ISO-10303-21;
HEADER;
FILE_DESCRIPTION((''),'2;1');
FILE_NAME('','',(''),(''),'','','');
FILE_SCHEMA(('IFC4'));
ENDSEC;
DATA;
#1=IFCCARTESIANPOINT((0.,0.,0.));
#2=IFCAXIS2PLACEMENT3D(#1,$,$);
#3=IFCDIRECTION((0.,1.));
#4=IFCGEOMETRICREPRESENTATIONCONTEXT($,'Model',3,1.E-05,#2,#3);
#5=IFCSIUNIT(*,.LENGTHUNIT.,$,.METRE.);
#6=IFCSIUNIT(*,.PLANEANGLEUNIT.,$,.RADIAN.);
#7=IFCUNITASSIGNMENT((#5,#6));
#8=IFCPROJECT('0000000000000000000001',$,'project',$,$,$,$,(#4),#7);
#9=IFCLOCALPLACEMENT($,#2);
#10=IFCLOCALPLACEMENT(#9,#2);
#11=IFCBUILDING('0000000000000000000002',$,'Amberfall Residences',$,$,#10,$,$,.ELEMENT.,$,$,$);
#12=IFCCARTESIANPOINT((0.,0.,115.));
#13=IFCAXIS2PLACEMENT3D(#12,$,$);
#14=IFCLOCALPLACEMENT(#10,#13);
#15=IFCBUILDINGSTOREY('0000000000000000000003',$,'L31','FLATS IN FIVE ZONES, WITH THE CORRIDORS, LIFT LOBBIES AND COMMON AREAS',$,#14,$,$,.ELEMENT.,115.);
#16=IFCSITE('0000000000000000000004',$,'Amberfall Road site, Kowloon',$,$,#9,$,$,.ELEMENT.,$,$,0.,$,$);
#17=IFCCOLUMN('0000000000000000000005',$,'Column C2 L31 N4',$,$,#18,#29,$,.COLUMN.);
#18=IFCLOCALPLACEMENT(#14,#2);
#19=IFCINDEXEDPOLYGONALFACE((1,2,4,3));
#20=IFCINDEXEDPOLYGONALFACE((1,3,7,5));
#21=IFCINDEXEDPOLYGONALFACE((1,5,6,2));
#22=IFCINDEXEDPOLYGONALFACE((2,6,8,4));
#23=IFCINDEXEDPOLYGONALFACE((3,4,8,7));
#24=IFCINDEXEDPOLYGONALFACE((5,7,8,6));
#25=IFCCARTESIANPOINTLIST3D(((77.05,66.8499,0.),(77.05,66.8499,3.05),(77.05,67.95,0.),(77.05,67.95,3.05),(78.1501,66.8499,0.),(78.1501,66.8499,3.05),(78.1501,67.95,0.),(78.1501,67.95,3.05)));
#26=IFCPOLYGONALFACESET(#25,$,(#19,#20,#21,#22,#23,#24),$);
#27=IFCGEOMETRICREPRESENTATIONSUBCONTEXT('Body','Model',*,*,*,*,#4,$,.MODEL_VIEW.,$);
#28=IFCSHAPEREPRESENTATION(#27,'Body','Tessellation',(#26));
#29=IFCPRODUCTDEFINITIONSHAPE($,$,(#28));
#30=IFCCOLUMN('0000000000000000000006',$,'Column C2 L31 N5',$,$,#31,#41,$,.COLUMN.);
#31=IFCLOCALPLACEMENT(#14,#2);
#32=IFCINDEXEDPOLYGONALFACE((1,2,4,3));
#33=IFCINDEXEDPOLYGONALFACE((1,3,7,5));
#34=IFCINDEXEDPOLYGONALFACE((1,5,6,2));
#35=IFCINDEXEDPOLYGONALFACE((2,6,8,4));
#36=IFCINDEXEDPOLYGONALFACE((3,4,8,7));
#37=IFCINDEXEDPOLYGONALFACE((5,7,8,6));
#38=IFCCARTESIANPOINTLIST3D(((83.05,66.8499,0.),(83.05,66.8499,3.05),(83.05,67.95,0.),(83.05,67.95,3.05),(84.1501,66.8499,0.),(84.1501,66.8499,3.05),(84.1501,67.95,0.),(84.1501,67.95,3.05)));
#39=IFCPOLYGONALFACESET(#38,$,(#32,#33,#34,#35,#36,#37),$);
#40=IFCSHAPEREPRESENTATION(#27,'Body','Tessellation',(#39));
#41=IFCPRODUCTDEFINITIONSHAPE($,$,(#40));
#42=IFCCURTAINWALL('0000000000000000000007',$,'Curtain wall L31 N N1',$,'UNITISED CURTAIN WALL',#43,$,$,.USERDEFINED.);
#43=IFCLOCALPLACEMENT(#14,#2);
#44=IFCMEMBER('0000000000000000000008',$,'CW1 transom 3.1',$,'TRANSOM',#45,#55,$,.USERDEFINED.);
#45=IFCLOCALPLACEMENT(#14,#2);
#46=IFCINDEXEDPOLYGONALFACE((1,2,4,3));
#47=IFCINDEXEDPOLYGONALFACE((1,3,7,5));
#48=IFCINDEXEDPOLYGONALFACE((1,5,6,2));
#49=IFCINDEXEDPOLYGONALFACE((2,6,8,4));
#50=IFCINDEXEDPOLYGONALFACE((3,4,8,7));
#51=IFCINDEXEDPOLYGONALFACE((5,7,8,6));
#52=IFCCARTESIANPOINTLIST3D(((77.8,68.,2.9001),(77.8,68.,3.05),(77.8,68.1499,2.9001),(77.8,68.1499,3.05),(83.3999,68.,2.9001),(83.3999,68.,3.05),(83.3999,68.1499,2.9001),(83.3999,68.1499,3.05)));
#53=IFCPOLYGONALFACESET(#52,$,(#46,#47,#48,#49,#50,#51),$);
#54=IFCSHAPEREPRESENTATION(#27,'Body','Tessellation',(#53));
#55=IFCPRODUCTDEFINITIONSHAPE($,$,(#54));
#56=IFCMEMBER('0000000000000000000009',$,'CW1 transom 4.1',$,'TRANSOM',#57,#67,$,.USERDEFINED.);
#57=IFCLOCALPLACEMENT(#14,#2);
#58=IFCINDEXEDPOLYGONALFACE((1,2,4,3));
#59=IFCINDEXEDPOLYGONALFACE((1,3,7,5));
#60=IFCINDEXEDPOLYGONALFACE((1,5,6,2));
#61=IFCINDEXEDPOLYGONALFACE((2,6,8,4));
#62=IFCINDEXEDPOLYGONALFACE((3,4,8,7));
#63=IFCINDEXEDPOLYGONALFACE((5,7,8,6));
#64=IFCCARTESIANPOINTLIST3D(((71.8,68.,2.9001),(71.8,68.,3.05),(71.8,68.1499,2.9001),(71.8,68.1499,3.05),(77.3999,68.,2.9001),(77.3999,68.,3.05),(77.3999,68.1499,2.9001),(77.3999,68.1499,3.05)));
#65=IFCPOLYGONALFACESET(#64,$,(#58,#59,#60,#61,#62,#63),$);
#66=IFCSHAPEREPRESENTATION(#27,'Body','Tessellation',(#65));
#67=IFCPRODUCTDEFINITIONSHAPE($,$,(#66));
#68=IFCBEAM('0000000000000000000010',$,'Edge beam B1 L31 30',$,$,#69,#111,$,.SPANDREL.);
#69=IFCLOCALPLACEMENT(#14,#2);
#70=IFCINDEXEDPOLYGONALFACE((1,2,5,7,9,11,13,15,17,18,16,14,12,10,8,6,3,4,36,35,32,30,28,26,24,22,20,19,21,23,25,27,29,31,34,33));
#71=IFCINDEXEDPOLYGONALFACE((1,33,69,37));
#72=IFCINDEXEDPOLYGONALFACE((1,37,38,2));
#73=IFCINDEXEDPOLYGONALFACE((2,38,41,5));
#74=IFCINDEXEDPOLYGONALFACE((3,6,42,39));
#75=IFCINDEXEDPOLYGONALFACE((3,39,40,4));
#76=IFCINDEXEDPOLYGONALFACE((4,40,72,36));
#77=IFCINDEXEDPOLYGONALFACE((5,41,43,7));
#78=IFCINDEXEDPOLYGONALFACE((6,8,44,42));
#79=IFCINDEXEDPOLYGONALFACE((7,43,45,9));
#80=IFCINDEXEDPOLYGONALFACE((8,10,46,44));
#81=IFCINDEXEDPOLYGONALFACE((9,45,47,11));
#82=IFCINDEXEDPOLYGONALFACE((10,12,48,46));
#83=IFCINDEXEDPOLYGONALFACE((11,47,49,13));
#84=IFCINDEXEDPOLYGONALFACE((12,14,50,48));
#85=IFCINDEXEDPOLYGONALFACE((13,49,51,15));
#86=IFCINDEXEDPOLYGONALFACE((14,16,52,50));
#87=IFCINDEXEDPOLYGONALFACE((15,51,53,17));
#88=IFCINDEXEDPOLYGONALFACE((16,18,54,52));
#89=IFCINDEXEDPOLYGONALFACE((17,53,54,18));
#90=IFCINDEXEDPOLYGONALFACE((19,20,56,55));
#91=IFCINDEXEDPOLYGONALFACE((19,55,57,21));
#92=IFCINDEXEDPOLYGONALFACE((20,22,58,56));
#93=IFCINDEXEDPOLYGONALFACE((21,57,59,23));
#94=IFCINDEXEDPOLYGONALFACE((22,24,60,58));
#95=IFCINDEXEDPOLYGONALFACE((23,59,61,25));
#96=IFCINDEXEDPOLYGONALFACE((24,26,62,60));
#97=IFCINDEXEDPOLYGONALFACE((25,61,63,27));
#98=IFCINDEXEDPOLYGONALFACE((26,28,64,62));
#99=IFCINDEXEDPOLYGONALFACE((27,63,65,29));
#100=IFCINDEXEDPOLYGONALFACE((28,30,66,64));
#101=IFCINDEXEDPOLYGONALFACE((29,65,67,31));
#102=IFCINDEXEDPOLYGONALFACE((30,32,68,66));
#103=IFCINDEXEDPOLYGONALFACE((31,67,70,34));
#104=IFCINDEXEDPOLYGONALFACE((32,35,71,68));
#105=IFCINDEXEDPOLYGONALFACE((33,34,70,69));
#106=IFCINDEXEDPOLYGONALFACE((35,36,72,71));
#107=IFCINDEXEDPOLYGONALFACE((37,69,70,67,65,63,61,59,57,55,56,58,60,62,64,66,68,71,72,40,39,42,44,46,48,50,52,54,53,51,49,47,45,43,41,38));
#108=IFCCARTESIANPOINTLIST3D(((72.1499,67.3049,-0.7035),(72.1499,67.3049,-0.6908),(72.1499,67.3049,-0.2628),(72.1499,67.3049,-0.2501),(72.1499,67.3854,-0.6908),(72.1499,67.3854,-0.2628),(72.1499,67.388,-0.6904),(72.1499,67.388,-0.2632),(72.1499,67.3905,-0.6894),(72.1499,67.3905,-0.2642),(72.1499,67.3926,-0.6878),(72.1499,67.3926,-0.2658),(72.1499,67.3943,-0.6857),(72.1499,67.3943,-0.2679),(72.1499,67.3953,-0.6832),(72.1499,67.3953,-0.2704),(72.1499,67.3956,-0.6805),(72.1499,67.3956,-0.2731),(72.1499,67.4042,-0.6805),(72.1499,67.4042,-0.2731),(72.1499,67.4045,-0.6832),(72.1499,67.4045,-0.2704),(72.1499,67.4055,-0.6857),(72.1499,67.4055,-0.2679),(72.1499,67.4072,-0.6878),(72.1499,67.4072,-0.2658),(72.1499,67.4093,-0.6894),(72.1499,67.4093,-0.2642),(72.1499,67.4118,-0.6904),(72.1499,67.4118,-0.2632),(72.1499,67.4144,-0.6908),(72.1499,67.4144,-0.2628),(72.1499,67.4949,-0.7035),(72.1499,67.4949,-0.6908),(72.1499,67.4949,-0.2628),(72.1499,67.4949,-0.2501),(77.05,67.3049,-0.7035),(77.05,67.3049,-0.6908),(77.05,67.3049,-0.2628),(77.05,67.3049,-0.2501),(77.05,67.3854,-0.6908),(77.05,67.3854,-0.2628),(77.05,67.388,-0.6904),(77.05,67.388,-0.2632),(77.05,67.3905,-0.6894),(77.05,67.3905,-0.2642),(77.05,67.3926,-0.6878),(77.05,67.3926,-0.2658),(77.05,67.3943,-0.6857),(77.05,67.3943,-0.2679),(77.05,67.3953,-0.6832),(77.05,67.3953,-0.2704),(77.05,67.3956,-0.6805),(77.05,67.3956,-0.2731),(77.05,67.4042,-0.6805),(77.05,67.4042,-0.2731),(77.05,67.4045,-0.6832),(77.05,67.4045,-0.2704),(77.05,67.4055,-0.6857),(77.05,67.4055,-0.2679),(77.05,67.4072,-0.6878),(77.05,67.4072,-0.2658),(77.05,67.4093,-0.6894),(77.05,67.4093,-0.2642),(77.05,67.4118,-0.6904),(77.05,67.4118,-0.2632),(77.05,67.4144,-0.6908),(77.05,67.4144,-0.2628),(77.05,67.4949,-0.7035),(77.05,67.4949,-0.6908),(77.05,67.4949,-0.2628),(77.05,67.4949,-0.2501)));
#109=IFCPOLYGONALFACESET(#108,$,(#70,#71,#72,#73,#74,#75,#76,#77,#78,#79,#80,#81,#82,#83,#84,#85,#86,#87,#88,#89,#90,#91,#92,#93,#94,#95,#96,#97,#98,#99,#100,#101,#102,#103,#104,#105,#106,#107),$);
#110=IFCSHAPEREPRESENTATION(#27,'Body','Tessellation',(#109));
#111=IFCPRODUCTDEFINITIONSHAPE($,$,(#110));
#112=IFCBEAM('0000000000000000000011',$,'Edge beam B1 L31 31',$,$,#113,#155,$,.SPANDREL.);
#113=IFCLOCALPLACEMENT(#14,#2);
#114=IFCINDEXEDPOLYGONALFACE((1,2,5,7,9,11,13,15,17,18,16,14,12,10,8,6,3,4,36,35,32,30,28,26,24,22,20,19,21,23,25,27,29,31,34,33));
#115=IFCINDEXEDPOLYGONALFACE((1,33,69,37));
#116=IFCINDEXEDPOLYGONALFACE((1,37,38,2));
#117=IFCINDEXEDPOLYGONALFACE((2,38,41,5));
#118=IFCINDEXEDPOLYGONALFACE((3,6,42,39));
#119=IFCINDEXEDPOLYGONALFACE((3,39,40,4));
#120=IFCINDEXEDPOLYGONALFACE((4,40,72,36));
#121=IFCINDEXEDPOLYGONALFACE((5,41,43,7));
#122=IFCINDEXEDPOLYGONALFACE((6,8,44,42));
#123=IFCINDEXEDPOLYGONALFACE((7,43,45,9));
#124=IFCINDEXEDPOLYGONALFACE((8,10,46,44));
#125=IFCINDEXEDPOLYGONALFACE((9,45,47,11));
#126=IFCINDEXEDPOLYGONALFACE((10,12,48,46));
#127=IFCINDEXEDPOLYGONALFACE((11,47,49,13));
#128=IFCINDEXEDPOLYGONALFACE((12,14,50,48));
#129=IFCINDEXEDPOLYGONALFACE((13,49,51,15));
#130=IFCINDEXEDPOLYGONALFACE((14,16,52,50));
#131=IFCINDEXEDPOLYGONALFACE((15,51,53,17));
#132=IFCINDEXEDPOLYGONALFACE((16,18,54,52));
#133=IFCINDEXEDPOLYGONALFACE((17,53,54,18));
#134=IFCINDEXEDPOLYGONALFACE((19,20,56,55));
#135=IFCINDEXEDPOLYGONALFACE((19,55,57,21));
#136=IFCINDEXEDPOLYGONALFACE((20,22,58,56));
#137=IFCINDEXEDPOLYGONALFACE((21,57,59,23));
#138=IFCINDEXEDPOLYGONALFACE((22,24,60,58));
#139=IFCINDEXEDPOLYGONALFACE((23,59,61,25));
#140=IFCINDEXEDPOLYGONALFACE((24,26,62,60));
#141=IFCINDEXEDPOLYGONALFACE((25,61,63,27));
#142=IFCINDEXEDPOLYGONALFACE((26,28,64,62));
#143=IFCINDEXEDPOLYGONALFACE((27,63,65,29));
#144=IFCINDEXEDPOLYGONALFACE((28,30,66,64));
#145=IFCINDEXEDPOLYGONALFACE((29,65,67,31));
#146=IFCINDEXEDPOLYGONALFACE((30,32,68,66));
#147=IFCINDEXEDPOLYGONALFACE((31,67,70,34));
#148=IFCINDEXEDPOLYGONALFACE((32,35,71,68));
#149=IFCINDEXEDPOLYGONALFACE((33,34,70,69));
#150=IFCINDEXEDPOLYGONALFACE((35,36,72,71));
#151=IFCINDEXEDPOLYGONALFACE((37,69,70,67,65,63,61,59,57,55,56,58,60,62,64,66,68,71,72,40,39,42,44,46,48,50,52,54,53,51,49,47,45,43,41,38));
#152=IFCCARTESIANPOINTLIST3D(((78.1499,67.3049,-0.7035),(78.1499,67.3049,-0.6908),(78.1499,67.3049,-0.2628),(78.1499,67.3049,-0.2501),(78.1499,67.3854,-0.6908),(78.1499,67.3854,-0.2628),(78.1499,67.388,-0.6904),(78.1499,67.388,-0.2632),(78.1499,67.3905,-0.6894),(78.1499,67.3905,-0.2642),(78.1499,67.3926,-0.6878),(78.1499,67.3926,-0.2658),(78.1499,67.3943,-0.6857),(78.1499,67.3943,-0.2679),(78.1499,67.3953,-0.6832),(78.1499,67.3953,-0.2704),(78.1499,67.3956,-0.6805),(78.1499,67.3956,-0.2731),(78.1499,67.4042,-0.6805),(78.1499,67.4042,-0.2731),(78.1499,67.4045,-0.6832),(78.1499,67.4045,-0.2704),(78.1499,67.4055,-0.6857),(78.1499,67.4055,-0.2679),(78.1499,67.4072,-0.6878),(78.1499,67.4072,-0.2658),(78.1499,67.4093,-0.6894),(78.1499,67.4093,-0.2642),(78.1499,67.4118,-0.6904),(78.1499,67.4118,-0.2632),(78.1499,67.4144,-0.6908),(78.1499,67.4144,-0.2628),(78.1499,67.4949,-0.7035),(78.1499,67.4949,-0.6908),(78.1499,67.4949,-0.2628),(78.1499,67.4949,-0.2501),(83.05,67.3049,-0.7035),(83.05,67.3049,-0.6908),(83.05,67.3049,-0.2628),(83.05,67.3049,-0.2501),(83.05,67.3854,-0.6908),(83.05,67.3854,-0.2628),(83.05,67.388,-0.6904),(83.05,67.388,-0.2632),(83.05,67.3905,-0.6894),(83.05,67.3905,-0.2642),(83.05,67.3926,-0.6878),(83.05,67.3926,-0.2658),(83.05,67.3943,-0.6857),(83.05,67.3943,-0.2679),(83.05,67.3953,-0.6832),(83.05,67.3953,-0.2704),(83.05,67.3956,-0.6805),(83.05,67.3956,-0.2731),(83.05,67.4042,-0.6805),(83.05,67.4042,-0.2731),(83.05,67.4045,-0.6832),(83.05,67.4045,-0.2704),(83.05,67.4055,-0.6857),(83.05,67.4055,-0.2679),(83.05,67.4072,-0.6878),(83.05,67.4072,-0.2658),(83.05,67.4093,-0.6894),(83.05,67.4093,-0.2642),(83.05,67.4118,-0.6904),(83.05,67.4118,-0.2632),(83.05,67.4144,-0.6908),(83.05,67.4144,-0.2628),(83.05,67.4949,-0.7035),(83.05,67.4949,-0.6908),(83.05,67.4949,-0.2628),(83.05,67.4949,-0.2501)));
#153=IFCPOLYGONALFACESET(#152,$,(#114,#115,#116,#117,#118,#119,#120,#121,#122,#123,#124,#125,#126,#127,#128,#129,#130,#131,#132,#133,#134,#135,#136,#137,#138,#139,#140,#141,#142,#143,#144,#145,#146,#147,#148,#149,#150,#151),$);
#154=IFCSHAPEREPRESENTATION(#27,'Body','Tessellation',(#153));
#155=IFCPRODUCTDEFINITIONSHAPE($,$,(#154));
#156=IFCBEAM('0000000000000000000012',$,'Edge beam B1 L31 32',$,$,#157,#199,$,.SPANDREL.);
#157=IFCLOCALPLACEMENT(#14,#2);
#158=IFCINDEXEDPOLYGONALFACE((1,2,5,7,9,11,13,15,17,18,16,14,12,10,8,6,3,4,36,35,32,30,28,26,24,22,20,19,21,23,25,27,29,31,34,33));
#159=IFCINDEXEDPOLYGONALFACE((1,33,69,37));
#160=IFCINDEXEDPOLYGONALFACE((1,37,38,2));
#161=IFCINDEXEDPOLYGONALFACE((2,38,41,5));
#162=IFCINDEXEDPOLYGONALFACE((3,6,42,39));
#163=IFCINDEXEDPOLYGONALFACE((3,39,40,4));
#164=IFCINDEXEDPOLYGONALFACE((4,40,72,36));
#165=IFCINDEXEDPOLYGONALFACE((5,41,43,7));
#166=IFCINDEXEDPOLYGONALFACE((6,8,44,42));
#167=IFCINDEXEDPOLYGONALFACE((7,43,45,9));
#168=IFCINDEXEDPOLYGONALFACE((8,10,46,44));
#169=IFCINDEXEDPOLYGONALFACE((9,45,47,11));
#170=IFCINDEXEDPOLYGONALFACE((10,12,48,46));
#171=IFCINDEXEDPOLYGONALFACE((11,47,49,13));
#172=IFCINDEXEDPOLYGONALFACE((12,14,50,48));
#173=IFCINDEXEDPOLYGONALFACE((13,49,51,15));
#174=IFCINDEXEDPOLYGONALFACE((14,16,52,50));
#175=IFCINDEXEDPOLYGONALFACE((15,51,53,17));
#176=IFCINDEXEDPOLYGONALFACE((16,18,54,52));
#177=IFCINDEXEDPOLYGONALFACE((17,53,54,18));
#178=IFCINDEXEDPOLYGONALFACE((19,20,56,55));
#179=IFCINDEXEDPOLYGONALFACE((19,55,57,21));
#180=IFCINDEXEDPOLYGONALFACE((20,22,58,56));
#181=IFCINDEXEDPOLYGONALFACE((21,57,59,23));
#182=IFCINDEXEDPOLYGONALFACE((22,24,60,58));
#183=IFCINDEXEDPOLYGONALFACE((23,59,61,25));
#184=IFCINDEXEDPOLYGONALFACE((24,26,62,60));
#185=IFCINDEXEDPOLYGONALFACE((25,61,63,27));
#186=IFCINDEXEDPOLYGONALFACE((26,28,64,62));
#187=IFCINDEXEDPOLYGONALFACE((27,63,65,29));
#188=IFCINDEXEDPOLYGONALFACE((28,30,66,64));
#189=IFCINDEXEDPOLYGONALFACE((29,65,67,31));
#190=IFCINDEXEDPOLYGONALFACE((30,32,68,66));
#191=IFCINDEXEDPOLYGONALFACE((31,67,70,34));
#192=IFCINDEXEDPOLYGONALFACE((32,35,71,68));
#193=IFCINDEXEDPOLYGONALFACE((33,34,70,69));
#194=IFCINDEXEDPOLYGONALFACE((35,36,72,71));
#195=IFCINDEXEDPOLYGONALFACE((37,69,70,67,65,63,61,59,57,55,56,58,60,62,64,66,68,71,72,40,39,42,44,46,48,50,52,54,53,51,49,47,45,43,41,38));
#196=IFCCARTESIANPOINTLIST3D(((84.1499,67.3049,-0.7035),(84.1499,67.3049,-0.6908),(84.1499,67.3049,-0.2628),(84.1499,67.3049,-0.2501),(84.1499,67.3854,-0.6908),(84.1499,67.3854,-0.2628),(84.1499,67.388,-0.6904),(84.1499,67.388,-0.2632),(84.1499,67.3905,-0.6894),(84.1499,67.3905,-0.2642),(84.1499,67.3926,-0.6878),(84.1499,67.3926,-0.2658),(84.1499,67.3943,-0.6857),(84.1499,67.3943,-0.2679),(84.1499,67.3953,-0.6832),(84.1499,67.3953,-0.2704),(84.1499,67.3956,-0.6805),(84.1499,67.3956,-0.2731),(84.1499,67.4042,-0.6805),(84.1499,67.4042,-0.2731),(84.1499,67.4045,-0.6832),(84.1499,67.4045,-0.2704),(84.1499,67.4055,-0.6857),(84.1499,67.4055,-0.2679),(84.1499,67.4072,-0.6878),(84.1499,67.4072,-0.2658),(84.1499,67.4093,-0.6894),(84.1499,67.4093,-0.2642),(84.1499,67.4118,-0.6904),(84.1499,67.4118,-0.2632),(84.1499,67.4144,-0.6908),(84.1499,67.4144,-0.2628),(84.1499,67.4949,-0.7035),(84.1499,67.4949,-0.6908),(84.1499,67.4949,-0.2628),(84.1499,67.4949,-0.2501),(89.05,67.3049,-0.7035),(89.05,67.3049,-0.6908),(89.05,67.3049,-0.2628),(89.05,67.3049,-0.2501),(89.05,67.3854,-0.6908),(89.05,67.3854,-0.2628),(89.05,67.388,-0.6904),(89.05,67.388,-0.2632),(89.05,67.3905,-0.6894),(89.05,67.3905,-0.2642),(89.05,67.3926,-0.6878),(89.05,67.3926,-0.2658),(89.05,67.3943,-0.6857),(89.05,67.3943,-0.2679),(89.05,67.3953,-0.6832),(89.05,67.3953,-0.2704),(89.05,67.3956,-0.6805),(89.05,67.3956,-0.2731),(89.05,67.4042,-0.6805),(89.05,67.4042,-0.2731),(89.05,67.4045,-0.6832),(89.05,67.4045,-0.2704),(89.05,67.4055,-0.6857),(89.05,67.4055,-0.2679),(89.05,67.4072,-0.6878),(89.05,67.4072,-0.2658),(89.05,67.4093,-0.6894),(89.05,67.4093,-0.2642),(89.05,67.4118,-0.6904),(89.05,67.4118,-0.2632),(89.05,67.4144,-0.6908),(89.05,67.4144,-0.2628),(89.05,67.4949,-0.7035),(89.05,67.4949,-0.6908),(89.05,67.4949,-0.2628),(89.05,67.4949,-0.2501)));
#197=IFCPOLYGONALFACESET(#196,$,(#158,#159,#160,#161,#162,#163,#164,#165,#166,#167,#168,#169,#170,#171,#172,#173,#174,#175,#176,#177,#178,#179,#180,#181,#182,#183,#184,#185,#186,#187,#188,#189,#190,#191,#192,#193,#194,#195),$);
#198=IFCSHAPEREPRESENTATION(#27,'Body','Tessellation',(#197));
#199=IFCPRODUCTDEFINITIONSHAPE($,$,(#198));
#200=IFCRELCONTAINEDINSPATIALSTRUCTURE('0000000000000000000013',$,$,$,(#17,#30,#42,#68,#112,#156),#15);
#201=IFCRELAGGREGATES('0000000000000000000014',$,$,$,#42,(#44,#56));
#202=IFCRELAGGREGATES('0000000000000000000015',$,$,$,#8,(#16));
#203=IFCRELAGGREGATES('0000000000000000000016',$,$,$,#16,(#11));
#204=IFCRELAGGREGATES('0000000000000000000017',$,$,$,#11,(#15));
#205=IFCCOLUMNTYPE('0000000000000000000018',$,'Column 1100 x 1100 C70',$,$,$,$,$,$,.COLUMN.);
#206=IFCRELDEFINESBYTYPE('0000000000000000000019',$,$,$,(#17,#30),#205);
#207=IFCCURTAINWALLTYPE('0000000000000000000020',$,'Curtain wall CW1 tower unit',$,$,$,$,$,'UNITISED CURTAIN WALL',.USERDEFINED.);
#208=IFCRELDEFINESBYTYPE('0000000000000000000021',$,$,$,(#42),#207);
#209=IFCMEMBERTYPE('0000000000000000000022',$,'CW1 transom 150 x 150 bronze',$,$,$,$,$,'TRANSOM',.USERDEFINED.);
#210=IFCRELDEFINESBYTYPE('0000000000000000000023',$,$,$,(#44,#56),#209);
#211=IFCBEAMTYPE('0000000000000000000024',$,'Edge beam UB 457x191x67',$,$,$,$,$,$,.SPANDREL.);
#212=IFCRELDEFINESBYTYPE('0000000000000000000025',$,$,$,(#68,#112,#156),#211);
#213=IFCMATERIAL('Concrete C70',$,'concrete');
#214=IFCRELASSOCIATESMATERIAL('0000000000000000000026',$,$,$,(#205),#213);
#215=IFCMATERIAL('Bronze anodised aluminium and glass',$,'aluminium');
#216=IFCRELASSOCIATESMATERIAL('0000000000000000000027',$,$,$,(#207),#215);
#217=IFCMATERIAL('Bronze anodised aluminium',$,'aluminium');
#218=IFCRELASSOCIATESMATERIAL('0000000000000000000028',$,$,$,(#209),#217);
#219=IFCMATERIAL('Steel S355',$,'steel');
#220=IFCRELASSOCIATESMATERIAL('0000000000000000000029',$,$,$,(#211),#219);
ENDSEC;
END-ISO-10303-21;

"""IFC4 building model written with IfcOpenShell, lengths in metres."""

from ifc_helpers import new_model, si_unit, direction, frame, origin, origin_2d, place, context, subcontext, project, spatial, rectangle, i_section, extrude, material, material_profile, profile_set, type_object, element, aggregate, save


model = new_model("IFC4")

# Units and contexts
model_context = context("Model", 3, precision=1e-05, world=origin(), true_north=direction((0.0, 1.0)))
body_context = subcontext(model_context, "Body", "Model", "MODEL_VIEW")
ifc_project = project(units=[si_unit("LENGTHUNIT", "METRE"), si_unit("PLANEANGLEUNIT", "RADIAN")], contexts=[model_context])

# Site, building, storey
site_placement = place(None, origin())
site = spatial("IfcSite", under=ifc_project, at=site_placement, Name="Amberfall Road site, Kowloon", CompositionType="ELEMENT", RefElevation=0.0)
building_placement = place(site_placement, origin())
building = spatial("IfcBuilding", under=site, at=building_placement, Name="Amberfall Residences", CompositionType="ELEMENT")
storey_placement = place(building_placement, frame((0.0, 0.0, 115.0)))
storey = spatial("IfcBuildingStorey", under=building, at=storey_placement, Name="L31", Description="FLATS IN FIVE ZONES, WITH THE CORRIDORS, LIFT LOBBIES AND COMMON AREAS", CompositionType="ELEMENT", Elevation=115.0)

# Columns
ifc_material_1 = material(Name="Concrete C70", Category="concrete")
ifc_material_profile_1 = material_profile(ifc_material_1, rectangle(XDim=1.1001, YDim=1.1001, at=origin_2d()), Name="Column 1100 x 1100 C70")
ifc_profile_set_1 = profile_set([ifc_material_profile_1], Name="Concrete C70")
column_type = type_object("IfcColumnType", Name="Column 1100 x 1100 C70", PredefinedType="COLUMN", material=ifc_profile_set_1)
for number, where, z_axis, x_axis, name in (
    (1, (77.6001, 67.3999, 0.0), (0.0, 0.0, 1.0), (1.0, 0.0, 0.0), "Column C2 L31 N4"),
    (2, (83.6001, 67.3999, 0.0), (0.0, 0.0, 1.0), (1.0, 0.0, 0.0), "Column C2 L31 N5"),
):
    element("IfcColumn", number, at=place(storey_placement, frame(where, z_axis=z_axis, x_axis=x_axis)), inside=storey, type_object=column_type, Name=name, PredefinedType="COLUMN", context=body_context, shape_type="SweptSolid", body=[
        extrude(rectangle(XDim=1.1001, YDim=1.1001, at=origin_2d()), origin(), (0.0, 0.0, 1.0), 3.05),
    ])

# Curtain wall, members
ifc_material_2 = material(Name="Bronze anodised aluminium and glass", Category="aluminium")
curtain_wall_type = type_object("IfcCurtainWallType", Name="Curtain wall CW1 tower unit", ElementType="UNITISED CURTAIN WALL", PredefinedType="USERDEFINED", material=ifc_material_2)
curtain_wall_placement = place(storey_placement, origin())
curtain_wall = element("IfcCurtainWall", 3, at=curtain_wall_placement, inside=storey, type_object=curtain_wall_type, Name="Curtain wall L31 N N1", ObjectType="UNITISED CURTAIN WALL", PredefinedType="USERDEFINED")
ifc_material_3 = material(Name="Bronze anodised aluminium", Category="aluminium")
ifc_material_profile_2 = material_profile(ifc_material_3, rectangle(XDim=0.1499, YDim=0.1499, at=origin_2d()), Name="CW1 transom 150 x 150 bronze")
ifc_profile_set_2 = profile_set([ifc_material_profile_2], Name="Bronze anodised aluminium")
member_type_1 = type_object("IfcMemberType", Name="CW1 transom 150 x 150 bronze", ElementType="TRANSOM", PredefinedType="USERDEFINED", material=ifc_profile_set_2)
member_1_placement = place(storey_placement, frame((83.3999, 68.075, 2.9751), z_axis=(-1.0, 0.0, 0.0), x_axis=(0.0, -1.0, 0.0)))
member_1 = element("IfcMember", 4, at=member_1_placement, type_object=member_type_1, Name="CW1 transom 3.1", ObjectType="TRANSOM", PredefinedType="USERDEFINED", context=body_context, shape_type="SweptSolid", body=[
    extrude(rectangle(XDim=0.1499, YDim=0.1499, at=origin_2d()), origin(), (0.0, 0.0, 1.0), 5.5999),
])
member_2_placement = place(storey_placement, frame((77.3999, 68.075, 2.9751), z_axis=(-1.0, 0.0, 0.0), x_axis=(0.0, -1.0, 0.0)))
member_2 = element("IfcMember", 5, at=member_2_placement, type_object=member_type_1, Name="CW1 transom 4.1", ObjectType="TRANSOM", PredefinedType="USERDEFINED", context=body_context, shape_type="SweptSolid", body=[
    extrude(rectangle(XDim=0.1499, YDim=0.1499, at=origin_2d()), origin(), (0.0, 0.0, 1.0), 5.5999),
])

# Beams
ifc_material_4 = material(Name="Steel S355", Category="steel")
ifc_material_profile_3 = material_profile(ifc_material_4, i_section(OverallWidth=0.1899, OverallDepth=0.4534, WebThickness=0.0085, FlangeThickness=0.0127, FilletRadius=0.0103, at=origin_2d()), Name="UB 457x191x67")
ifc_profile_set_3 = profile_set([ifc_material_profile_3], Name="Steel S355")
beam_type_1 = type_object("IfcBeamType", Name="Edge beam UB 457x191x67", PredefinedType="SPANDREL", material=ifc_profile_set_3)
for number, where, z_axis, x_axis, name in (
    (6, (72.1499, 67.3999, -0.4768), (1.0, 0.0, 0.0), (0.0, 1.0, 0.0), "Edge beam B1 L31 30"),
    (7, (78.1499, 67.3999, -0.4768), (1.0, 0.0, 0.0), (0.0, 1.0, 0.0), "Edge beam B1 L31 31"),
    (8, (84.1499, 67.3999, -0.4768), (1.0, 0.0, 0.0), (0.0, 1.0, 0.0), "Edge beam B1 L31 32"),
):
    element("IfcBeam", number, at=place(storey_placement, frame(where, z_axis=z_axis, x_axis=x_axis)), inside=storey, type_object=beam_type_1, Name=name, PredefinedType="SPANDREL", context=body_context, shape_type="SweptSolid", body=[
        extrude(i_section(OverallWidth=0.1899, OverallDepth=0.4534, WebThickness=0.0085, FlangeThickness=0.0127, FilletRadius=0.0103, at=origin_2d()), origin(), (0.0, 0.0, 1.0), 4.9001),
    ])

aggregate(curtain_wall, [member_1, member_2])

save(model, "model.ifc")
